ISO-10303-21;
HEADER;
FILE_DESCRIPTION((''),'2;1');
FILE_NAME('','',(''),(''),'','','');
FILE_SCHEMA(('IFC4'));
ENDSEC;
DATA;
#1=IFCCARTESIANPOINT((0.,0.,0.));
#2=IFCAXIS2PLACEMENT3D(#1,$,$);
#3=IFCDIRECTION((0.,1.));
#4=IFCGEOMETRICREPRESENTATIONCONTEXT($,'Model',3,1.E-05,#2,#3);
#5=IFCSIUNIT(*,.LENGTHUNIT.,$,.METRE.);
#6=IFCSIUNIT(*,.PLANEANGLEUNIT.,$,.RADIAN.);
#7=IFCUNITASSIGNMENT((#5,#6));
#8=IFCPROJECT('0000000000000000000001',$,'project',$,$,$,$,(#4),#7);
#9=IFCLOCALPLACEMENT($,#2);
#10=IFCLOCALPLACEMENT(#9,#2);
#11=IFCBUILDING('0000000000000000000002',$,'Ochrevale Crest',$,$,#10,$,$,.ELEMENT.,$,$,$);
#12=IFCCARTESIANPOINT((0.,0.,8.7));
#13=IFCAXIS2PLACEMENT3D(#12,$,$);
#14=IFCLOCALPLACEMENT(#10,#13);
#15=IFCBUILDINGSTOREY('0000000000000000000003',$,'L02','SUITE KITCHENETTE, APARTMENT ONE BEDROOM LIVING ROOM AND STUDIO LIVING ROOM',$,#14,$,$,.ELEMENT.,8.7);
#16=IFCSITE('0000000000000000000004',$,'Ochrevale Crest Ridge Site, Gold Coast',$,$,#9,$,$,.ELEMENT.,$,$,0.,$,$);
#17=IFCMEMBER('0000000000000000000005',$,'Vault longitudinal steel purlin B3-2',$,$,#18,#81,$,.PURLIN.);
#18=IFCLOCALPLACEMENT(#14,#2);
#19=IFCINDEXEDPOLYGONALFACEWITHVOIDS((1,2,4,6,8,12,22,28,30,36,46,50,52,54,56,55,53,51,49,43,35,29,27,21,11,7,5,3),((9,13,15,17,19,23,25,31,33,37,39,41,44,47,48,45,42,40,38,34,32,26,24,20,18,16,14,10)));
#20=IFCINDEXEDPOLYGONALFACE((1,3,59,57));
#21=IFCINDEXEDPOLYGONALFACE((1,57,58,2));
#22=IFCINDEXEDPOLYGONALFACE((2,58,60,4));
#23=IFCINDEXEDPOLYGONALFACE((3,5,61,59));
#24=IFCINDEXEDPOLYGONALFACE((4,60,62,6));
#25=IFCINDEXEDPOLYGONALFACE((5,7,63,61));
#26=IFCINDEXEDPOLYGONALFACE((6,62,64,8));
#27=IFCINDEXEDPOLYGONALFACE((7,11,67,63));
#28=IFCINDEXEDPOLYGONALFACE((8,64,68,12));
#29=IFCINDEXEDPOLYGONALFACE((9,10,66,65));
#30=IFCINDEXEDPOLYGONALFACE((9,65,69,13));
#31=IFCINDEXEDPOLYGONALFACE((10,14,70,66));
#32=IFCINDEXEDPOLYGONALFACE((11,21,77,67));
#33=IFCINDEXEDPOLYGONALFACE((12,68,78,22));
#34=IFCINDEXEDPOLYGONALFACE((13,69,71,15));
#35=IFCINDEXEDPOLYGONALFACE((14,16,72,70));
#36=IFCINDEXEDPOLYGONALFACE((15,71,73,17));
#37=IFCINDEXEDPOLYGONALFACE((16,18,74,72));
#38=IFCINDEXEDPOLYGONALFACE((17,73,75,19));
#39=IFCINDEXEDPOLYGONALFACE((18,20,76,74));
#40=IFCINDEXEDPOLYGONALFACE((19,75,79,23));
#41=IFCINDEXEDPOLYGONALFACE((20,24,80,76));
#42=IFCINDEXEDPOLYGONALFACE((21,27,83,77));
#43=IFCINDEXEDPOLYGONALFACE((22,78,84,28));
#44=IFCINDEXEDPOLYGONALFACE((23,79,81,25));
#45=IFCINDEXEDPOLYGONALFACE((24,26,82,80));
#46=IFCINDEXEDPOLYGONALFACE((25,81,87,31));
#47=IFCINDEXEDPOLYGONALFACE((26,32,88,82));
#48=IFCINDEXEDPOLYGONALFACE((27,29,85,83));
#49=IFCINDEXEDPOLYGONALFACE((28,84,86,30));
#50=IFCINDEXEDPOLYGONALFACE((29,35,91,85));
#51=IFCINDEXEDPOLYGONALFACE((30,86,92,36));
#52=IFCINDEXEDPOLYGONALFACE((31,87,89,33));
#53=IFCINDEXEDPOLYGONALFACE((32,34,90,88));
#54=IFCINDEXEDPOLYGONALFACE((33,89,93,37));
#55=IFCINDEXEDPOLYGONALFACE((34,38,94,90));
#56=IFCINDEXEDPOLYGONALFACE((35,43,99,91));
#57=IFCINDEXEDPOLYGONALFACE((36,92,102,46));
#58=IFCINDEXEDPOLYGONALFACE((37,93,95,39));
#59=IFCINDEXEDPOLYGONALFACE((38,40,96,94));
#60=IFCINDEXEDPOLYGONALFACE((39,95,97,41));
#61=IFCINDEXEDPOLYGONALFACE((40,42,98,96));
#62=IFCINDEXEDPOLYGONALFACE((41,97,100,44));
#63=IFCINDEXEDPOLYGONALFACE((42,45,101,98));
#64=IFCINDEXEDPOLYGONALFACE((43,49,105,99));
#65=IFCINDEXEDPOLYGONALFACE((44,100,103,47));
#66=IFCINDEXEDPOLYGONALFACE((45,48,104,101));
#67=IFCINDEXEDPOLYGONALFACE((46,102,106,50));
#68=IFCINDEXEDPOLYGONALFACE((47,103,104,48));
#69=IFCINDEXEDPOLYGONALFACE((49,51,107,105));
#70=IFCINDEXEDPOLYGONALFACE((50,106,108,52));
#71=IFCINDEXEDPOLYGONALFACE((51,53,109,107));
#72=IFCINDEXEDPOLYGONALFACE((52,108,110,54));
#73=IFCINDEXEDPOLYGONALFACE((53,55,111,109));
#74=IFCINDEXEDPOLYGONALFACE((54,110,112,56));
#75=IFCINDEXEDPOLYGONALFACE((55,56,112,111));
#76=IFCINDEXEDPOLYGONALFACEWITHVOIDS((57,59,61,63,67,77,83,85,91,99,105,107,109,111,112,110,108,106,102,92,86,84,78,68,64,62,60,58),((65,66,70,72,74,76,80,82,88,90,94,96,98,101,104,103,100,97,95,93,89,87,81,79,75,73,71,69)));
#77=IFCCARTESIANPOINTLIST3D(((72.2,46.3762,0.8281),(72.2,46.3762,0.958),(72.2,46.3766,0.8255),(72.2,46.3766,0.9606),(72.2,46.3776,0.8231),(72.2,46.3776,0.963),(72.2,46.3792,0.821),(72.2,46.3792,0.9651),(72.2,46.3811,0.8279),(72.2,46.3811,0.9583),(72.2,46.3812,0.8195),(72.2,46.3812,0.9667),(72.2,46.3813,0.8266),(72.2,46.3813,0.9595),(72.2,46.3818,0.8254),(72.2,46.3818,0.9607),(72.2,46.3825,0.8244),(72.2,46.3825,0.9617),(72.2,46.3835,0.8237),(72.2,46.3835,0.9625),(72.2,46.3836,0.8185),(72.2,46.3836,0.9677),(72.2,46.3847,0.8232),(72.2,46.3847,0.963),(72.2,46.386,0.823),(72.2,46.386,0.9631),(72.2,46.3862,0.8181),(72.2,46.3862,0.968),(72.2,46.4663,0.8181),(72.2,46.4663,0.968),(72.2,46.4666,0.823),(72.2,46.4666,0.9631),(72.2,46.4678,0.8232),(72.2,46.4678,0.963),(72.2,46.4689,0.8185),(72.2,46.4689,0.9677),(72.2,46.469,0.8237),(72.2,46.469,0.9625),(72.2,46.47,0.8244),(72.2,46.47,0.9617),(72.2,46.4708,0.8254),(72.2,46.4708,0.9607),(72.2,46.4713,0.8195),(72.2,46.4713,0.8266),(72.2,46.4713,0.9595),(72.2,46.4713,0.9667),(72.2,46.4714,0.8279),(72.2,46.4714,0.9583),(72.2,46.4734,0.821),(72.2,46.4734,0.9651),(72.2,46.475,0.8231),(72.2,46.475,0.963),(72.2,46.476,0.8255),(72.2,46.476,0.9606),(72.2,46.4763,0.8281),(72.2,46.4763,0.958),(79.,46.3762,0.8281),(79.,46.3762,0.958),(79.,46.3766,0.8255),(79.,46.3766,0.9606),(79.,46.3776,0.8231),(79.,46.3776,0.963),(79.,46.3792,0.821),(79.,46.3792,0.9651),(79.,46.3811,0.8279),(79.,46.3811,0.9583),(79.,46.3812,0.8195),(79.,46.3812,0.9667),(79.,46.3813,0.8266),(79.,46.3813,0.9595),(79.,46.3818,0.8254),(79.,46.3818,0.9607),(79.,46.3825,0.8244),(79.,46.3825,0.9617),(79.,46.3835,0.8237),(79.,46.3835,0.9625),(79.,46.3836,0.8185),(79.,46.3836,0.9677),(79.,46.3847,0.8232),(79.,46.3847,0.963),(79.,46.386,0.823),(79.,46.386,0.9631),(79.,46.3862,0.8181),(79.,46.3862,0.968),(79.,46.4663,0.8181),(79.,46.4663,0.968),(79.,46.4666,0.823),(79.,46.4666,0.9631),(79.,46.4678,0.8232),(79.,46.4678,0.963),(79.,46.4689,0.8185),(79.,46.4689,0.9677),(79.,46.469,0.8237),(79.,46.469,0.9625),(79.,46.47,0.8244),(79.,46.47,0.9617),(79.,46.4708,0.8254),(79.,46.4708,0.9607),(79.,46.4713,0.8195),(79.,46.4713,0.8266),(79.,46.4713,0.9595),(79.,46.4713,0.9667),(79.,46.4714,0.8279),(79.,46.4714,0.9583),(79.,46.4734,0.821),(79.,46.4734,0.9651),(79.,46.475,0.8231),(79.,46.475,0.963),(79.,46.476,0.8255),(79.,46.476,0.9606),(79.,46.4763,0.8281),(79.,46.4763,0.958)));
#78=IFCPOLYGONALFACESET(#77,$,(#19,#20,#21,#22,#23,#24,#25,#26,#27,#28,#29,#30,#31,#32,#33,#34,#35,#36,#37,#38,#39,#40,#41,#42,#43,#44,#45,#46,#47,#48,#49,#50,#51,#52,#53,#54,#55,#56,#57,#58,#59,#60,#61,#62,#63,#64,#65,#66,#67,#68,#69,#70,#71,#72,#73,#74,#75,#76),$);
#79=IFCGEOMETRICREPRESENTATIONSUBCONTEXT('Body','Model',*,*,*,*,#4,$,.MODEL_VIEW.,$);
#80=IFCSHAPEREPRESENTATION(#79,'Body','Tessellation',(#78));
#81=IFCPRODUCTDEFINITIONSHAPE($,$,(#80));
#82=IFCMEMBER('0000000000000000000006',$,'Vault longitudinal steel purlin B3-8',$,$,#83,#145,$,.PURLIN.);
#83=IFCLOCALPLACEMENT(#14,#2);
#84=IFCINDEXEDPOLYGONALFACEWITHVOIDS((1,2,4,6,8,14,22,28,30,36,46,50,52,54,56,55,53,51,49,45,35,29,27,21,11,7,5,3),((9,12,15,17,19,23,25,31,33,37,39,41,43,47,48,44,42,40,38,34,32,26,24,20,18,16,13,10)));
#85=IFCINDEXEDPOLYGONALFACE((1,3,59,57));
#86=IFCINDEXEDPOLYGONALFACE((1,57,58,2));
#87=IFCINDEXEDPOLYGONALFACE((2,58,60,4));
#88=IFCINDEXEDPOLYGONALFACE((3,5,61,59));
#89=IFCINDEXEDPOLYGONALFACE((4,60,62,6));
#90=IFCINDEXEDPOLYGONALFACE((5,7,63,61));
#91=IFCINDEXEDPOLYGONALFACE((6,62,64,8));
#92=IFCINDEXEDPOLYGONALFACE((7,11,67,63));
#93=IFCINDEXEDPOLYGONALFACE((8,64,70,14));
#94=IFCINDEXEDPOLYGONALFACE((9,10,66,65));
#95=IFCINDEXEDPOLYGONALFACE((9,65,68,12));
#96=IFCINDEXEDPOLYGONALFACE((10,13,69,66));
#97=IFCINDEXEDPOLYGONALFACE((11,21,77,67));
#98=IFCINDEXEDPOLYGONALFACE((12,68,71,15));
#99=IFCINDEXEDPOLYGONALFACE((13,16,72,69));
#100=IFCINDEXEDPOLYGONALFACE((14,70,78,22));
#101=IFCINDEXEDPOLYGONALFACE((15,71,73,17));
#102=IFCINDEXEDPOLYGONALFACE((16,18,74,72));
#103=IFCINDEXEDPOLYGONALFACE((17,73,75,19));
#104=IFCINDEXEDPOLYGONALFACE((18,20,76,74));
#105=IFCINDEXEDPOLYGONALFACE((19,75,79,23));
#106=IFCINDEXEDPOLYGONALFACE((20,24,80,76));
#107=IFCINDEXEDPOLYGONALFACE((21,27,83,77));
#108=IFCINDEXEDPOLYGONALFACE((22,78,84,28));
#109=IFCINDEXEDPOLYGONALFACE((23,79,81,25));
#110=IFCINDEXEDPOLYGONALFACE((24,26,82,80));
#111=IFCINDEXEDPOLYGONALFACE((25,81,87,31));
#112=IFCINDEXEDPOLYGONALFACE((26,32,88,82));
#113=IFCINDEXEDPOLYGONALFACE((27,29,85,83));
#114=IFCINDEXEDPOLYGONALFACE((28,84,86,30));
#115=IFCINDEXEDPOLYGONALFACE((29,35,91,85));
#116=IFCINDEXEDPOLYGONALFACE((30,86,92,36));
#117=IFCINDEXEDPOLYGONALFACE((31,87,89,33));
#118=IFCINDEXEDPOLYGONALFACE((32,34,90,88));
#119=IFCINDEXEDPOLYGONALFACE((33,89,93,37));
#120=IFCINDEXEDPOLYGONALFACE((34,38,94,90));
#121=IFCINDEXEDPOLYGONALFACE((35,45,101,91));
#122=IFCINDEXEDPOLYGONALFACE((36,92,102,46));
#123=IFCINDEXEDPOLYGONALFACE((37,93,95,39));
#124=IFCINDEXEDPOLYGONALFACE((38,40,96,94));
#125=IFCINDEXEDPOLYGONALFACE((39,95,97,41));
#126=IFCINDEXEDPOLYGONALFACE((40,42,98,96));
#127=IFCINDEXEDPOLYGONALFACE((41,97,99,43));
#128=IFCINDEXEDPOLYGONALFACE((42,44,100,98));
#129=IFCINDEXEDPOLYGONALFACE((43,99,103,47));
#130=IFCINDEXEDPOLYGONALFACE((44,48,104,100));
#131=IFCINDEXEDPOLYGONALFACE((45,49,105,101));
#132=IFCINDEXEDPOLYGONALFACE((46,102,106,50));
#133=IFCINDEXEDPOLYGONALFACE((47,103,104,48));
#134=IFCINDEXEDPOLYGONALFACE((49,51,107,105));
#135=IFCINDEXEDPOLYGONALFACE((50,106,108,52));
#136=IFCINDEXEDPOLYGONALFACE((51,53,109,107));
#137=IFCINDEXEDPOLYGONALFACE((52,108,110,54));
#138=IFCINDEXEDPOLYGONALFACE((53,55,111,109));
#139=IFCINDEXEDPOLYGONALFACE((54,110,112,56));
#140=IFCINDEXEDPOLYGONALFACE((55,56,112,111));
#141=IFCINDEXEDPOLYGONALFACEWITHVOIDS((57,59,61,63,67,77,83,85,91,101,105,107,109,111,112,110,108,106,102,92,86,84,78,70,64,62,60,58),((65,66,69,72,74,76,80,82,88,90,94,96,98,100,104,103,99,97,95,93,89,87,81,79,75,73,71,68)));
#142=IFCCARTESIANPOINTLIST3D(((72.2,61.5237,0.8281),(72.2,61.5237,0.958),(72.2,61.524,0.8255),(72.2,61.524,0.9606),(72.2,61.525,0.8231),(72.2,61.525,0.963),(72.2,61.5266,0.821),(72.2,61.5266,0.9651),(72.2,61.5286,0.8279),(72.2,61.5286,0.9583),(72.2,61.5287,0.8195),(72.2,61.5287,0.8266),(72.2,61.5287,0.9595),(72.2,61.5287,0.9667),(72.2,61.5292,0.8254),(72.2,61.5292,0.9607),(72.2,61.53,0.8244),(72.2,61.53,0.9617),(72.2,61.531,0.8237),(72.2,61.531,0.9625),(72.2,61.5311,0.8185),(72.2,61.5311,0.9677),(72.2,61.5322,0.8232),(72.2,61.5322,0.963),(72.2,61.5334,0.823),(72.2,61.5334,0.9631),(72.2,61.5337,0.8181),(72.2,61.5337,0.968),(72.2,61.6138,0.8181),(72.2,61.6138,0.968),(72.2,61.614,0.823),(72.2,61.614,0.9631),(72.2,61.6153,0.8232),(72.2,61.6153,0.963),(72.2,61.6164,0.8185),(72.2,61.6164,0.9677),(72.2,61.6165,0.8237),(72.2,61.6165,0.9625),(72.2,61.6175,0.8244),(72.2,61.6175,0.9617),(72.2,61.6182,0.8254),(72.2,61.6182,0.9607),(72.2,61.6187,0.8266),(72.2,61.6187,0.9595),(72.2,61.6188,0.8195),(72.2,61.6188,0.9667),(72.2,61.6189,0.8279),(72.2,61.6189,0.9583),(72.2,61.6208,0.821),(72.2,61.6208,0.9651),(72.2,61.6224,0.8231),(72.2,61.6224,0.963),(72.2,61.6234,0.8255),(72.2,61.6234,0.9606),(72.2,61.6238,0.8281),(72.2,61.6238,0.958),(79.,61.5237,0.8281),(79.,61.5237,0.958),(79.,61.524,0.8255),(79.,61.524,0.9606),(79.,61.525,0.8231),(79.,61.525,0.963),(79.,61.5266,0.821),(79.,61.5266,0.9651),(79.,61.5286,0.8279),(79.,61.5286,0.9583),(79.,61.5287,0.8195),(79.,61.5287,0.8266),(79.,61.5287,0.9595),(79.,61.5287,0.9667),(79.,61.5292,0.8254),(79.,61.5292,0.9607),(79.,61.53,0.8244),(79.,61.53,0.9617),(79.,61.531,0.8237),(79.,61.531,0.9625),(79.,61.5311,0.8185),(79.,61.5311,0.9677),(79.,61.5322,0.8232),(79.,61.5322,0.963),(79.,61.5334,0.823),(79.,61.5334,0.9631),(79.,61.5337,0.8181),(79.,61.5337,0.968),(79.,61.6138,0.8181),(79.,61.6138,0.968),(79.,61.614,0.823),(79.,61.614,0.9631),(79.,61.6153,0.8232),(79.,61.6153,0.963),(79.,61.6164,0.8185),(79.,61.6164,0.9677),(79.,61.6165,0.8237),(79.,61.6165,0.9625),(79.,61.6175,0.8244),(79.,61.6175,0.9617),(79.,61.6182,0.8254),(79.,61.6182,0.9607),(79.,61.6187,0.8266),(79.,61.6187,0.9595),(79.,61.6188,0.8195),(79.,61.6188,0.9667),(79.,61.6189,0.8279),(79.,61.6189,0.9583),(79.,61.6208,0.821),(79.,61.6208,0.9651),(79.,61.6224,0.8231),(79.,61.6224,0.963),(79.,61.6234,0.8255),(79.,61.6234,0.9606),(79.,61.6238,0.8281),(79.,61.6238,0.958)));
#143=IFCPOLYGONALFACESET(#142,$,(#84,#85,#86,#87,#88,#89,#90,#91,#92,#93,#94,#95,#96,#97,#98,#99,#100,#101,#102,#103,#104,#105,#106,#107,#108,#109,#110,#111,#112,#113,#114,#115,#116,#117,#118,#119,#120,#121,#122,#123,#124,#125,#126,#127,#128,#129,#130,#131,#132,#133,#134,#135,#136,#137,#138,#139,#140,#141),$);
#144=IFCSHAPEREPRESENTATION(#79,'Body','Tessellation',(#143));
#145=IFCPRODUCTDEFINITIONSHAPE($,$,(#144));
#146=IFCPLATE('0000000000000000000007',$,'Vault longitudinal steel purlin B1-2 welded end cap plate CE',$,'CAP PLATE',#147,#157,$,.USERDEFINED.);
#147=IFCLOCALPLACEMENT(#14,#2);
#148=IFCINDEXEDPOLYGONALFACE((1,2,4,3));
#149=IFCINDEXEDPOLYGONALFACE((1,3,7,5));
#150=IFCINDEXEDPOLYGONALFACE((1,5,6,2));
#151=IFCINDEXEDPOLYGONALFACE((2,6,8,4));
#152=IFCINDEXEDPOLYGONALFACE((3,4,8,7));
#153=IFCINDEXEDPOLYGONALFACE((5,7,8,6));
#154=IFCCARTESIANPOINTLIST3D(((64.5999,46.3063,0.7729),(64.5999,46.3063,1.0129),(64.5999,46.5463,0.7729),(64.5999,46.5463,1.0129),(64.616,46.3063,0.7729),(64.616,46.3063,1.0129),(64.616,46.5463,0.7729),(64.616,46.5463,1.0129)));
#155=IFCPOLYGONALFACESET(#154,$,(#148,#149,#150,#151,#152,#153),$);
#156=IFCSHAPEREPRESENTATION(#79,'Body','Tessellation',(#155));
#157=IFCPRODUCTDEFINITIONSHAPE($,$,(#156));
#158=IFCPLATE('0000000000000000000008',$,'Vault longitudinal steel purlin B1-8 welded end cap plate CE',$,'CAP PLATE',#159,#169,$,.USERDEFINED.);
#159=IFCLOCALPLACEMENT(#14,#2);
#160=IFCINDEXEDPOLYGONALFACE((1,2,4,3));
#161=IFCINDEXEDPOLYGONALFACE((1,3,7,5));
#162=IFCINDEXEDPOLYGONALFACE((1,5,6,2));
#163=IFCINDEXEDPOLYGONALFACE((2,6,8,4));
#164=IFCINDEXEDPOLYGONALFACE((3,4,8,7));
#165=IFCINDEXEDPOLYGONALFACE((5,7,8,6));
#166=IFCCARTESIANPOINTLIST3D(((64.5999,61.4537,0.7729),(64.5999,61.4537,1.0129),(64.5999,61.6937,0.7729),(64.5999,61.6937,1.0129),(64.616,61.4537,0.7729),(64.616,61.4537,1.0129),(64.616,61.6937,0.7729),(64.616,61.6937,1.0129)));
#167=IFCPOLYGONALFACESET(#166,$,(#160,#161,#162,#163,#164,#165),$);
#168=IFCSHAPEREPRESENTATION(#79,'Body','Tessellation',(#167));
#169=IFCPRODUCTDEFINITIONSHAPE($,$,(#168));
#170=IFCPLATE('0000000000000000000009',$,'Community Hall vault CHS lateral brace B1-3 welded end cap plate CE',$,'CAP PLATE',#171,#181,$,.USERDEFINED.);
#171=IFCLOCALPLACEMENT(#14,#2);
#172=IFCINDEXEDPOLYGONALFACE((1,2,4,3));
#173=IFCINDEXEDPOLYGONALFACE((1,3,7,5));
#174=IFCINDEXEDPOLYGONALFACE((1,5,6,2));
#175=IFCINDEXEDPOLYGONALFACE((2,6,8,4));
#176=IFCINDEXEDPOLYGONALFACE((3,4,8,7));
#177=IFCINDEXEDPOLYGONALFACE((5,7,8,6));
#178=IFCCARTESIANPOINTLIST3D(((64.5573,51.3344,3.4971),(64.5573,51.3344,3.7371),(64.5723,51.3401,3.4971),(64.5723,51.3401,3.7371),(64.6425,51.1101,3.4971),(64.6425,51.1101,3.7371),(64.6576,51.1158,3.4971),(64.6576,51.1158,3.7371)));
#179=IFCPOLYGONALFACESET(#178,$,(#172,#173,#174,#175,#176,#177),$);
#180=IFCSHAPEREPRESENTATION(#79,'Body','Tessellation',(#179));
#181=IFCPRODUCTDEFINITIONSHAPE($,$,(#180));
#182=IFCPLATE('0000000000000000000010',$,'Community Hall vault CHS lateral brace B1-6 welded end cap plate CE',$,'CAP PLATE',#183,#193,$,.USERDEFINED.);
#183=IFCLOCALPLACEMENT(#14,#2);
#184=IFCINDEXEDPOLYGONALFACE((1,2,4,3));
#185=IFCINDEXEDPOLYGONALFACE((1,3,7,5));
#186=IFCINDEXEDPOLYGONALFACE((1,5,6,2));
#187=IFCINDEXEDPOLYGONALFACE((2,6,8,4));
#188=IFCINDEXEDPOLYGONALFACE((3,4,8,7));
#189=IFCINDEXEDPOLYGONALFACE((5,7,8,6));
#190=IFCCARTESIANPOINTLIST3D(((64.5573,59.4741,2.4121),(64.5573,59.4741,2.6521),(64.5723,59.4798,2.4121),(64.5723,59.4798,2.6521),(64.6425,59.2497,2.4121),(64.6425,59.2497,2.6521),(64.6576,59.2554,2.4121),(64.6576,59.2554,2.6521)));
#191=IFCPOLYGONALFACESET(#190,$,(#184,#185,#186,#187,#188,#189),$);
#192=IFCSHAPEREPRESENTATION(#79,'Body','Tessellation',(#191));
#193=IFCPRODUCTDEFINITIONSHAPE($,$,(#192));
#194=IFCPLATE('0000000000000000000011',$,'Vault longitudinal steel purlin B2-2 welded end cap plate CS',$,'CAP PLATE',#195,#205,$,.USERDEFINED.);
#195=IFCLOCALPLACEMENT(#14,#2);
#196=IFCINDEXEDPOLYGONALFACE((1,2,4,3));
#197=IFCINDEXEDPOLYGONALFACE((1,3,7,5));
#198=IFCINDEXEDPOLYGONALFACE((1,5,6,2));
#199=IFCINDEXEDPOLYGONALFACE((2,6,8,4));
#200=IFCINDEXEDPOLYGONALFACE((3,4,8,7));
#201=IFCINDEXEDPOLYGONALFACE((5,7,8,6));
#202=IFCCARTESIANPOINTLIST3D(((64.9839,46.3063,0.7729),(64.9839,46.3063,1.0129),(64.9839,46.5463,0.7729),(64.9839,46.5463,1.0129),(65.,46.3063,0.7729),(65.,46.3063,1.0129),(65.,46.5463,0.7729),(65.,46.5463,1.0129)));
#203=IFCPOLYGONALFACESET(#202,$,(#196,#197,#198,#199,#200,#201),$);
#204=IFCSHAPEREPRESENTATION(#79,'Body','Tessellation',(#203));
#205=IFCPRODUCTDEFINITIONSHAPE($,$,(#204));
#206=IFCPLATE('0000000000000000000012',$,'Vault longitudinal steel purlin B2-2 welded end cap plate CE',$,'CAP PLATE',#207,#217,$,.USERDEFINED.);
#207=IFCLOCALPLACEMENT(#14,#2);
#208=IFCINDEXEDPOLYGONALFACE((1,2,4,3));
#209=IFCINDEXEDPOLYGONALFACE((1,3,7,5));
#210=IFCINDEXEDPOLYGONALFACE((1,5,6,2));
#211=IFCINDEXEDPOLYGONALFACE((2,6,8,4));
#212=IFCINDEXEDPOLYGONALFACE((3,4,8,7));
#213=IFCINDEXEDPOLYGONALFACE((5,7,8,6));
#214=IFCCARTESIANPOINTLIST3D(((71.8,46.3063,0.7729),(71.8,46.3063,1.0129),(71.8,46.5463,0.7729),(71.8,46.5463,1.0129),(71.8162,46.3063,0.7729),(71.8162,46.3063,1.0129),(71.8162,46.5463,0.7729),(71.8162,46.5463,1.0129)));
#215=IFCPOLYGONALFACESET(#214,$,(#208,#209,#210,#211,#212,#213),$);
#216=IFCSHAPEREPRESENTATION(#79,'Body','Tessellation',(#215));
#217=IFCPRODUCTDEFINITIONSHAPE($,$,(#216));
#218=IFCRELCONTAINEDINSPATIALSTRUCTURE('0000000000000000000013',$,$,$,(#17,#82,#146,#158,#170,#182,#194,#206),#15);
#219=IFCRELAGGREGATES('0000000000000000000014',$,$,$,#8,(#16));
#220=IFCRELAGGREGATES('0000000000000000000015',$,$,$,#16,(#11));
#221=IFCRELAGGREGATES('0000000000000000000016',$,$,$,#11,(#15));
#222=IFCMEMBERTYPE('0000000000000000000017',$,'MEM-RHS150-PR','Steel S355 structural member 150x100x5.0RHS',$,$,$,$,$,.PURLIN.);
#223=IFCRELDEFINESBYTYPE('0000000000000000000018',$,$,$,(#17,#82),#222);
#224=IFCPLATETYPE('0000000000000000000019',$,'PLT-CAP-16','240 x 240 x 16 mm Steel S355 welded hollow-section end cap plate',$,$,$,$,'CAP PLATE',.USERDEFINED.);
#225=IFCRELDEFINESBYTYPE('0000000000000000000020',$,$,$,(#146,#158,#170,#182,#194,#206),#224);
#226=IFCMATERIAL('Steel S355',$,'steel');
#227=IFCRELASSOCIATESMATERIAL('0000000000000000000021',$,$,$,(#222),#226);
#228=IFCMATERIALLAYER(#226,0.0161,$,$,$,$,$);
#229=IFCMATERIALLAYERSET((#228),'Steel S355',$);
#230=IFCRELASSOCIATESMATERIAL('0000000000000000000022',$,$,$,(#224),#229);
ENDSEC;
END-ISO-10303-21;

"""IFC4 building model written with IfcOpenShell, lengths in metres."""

from ifc_helpers import new_model, si_unit, direction, frame, origin, origin_2d, place, context, subcontext, project, spatial, rectangle, hollow_rectangle, extrude, material, layer, layer_set, material_profile, profile_set, type_object, element, save


model = new_model("IFC4")

# Units and contexts
model_context = context("Model", 3, precision=1e-05, world=origin(), true_north=direction((0.0, 1.0)))
body_context = subcontext(model_context, "Body", "Model", "MODEL_VIEW")
ifc_project = project(units=[si_unit("LENGTHUNIT", "METRE"), si_unit("PLANEANGLEUNIT", "RADIAN")], contexts=[model_context])

# Site, building, storey
site_placement = place(None, origin())
site = spatial("IfcSite", under=ifc_project, at=site_placement, Name="Ochrevale Crest Ridge Site, Gold Coast", CompositionType="ELEMENT", RefElevation=0.0)
building_placement = place(site_placement, origin())
building = spatial("IfcBuilding", under=site, at=building_placement, Name="Ochrevale Crest", CompositionType="ELEMENT")
storey_placement = place(building_placement, frame((0.0, 0.0, 8.7)))
storey = spatial("IfcBuildingStorey", under=building, at=storey_placement, Name="L02", Description="SUITE KITCHENETTE, APARTMENT ONE BEDROOM LIVING ROOM AND STUDIO LIVING ROOM", CompositionType="ELEMENT", Elevation=8.7)

# Members
ifc_material_1 = material(Name="Steel S355", Category="steel")
ifc_material_profile_1 = material_profile(ifc_material_1, hollow_rectangle(XDim=0.1001, YDim=0.1499, WallThickness=0.0049, InnerFilletRadius=0.0049, OuterFilletRadius=0.01, at=origin_2d()), Name="150x100x5.0RHS")
ifc_profile_set_1 = profile_set([ifc_material_profile_1], Name="Steel S355")
member_type_1 = type_object("IfcMemberType", Name="MEM-RHS150-PR", Description="Steel S355 structural member 150x100x5.0RHS", PredefinedType="PURLIN", material=ifc_profile_set_1)
for number, where, z_axis, x_axis, name in (
    (1, (72.2, 46.4263, 0.8931), (1.0, 0.0, 0.0), (0.0, 1.0, 0.0), "Vault longitudinal steel purlin B3-2"),
    (2, (72.2, 61.5737, 0.8931), (1.0, 0.0, 0.0), (0.0, 1.0, 0.0), "Vault longitudinal steel purlin B3-8"),
):
    element("IfcMember", number, at=place(storey_placement, frame(where, z_axis=z_axis, x_axis=x_axis)), inside=storey, type_object=member_type_1, Name=name, PredefinedType="PURLIN", context=body_context, shape_type="SweptSolid", body=[
        extrude(hollow_rectangle(XDim=0.1001, YDim=0.1499, WallThickness=0.0049, InnerFilletRadius=0.0049, OuterFilletRadius=0.01, at=origin_2d()), origin(), (0.0, 0.0, 1.0), 6.8),
    ])

# Plates
ifc_layer = layer(ifc_material_1, 0.0161)
ifc_layer_set = layer_set([ifc_layer], Name="Steel S355")
plate_type = type_object("IfcPlateType", Name="PLT-CAP-16", Description="240 x 240 x 16 mm Steel S355 welded hollow-section end cap plate", ElementType="CAP PLATE", PredefinedType="USERDEFINED", material=ifc_layer_set)
for number, where, z_axis, x_axis, name in (
    (3, (64.6079, 46.4263, 0.7729), (0.0, 0.0, 1.0), (1.0, 0.0, 0.0), "Vault longitudinal steel purlin B1-2 welded end cap plate CE"),
    (4, (64.6079, 61.5737, 0.7729), (0.0, 0.0, 1.0), (1.0, 0.0, 0.0), "Vault longitudinal steel purlin B1-8 welded end cap plate CE"),
    (5, (64.6074, 51.2251, 3.4971), (0.0, 0.0, 1.0), (0.934764, 0.35527, 0.0), "Community Hall vault CHS lateral brace B1-3 welded end cap plate CE"),
    (6, (64.6074, 59.3647, 2.4121), (0.0, 0.0, 1.0), (0.934764, 0.35527, 0.0), "Community Hall vault CHS lateral brace B1-6 welded end cap plate CE"),
    (7, (64.9919, 46.4263, 0.7729), (0.0, 0.0, 1.0), (1.0, 0.0, 0.0), "Vault longitudinal steel purlin B2-2 welded end cap plate CS"),
    (8, (71.8081, 46.4263, 0.7729), (0.0, 0.0, 1.0), (1.0, 0.0, 0.0), "Vault longitudinal steel purlin B2-2 welded end cap plate CE"),
):
    element("IfcPlate", number, at=place(storey_placement, frame(where, z_axis=z_axis, x_axis=x_axis)), inside=storey, type_object=plate_type, Name=name, ObjectType="CAP PLATE", PredefinedType="USERDEFINED", context=body_context, shape_type="SweptSolid", body=[
        extrude(rectangle(XDim=0.0161, YDim=0.24, at=origin_2d()), origin(), (0.0, 0.0, 1.0), 0.24),
    ])

save(model, "model.ifc")
